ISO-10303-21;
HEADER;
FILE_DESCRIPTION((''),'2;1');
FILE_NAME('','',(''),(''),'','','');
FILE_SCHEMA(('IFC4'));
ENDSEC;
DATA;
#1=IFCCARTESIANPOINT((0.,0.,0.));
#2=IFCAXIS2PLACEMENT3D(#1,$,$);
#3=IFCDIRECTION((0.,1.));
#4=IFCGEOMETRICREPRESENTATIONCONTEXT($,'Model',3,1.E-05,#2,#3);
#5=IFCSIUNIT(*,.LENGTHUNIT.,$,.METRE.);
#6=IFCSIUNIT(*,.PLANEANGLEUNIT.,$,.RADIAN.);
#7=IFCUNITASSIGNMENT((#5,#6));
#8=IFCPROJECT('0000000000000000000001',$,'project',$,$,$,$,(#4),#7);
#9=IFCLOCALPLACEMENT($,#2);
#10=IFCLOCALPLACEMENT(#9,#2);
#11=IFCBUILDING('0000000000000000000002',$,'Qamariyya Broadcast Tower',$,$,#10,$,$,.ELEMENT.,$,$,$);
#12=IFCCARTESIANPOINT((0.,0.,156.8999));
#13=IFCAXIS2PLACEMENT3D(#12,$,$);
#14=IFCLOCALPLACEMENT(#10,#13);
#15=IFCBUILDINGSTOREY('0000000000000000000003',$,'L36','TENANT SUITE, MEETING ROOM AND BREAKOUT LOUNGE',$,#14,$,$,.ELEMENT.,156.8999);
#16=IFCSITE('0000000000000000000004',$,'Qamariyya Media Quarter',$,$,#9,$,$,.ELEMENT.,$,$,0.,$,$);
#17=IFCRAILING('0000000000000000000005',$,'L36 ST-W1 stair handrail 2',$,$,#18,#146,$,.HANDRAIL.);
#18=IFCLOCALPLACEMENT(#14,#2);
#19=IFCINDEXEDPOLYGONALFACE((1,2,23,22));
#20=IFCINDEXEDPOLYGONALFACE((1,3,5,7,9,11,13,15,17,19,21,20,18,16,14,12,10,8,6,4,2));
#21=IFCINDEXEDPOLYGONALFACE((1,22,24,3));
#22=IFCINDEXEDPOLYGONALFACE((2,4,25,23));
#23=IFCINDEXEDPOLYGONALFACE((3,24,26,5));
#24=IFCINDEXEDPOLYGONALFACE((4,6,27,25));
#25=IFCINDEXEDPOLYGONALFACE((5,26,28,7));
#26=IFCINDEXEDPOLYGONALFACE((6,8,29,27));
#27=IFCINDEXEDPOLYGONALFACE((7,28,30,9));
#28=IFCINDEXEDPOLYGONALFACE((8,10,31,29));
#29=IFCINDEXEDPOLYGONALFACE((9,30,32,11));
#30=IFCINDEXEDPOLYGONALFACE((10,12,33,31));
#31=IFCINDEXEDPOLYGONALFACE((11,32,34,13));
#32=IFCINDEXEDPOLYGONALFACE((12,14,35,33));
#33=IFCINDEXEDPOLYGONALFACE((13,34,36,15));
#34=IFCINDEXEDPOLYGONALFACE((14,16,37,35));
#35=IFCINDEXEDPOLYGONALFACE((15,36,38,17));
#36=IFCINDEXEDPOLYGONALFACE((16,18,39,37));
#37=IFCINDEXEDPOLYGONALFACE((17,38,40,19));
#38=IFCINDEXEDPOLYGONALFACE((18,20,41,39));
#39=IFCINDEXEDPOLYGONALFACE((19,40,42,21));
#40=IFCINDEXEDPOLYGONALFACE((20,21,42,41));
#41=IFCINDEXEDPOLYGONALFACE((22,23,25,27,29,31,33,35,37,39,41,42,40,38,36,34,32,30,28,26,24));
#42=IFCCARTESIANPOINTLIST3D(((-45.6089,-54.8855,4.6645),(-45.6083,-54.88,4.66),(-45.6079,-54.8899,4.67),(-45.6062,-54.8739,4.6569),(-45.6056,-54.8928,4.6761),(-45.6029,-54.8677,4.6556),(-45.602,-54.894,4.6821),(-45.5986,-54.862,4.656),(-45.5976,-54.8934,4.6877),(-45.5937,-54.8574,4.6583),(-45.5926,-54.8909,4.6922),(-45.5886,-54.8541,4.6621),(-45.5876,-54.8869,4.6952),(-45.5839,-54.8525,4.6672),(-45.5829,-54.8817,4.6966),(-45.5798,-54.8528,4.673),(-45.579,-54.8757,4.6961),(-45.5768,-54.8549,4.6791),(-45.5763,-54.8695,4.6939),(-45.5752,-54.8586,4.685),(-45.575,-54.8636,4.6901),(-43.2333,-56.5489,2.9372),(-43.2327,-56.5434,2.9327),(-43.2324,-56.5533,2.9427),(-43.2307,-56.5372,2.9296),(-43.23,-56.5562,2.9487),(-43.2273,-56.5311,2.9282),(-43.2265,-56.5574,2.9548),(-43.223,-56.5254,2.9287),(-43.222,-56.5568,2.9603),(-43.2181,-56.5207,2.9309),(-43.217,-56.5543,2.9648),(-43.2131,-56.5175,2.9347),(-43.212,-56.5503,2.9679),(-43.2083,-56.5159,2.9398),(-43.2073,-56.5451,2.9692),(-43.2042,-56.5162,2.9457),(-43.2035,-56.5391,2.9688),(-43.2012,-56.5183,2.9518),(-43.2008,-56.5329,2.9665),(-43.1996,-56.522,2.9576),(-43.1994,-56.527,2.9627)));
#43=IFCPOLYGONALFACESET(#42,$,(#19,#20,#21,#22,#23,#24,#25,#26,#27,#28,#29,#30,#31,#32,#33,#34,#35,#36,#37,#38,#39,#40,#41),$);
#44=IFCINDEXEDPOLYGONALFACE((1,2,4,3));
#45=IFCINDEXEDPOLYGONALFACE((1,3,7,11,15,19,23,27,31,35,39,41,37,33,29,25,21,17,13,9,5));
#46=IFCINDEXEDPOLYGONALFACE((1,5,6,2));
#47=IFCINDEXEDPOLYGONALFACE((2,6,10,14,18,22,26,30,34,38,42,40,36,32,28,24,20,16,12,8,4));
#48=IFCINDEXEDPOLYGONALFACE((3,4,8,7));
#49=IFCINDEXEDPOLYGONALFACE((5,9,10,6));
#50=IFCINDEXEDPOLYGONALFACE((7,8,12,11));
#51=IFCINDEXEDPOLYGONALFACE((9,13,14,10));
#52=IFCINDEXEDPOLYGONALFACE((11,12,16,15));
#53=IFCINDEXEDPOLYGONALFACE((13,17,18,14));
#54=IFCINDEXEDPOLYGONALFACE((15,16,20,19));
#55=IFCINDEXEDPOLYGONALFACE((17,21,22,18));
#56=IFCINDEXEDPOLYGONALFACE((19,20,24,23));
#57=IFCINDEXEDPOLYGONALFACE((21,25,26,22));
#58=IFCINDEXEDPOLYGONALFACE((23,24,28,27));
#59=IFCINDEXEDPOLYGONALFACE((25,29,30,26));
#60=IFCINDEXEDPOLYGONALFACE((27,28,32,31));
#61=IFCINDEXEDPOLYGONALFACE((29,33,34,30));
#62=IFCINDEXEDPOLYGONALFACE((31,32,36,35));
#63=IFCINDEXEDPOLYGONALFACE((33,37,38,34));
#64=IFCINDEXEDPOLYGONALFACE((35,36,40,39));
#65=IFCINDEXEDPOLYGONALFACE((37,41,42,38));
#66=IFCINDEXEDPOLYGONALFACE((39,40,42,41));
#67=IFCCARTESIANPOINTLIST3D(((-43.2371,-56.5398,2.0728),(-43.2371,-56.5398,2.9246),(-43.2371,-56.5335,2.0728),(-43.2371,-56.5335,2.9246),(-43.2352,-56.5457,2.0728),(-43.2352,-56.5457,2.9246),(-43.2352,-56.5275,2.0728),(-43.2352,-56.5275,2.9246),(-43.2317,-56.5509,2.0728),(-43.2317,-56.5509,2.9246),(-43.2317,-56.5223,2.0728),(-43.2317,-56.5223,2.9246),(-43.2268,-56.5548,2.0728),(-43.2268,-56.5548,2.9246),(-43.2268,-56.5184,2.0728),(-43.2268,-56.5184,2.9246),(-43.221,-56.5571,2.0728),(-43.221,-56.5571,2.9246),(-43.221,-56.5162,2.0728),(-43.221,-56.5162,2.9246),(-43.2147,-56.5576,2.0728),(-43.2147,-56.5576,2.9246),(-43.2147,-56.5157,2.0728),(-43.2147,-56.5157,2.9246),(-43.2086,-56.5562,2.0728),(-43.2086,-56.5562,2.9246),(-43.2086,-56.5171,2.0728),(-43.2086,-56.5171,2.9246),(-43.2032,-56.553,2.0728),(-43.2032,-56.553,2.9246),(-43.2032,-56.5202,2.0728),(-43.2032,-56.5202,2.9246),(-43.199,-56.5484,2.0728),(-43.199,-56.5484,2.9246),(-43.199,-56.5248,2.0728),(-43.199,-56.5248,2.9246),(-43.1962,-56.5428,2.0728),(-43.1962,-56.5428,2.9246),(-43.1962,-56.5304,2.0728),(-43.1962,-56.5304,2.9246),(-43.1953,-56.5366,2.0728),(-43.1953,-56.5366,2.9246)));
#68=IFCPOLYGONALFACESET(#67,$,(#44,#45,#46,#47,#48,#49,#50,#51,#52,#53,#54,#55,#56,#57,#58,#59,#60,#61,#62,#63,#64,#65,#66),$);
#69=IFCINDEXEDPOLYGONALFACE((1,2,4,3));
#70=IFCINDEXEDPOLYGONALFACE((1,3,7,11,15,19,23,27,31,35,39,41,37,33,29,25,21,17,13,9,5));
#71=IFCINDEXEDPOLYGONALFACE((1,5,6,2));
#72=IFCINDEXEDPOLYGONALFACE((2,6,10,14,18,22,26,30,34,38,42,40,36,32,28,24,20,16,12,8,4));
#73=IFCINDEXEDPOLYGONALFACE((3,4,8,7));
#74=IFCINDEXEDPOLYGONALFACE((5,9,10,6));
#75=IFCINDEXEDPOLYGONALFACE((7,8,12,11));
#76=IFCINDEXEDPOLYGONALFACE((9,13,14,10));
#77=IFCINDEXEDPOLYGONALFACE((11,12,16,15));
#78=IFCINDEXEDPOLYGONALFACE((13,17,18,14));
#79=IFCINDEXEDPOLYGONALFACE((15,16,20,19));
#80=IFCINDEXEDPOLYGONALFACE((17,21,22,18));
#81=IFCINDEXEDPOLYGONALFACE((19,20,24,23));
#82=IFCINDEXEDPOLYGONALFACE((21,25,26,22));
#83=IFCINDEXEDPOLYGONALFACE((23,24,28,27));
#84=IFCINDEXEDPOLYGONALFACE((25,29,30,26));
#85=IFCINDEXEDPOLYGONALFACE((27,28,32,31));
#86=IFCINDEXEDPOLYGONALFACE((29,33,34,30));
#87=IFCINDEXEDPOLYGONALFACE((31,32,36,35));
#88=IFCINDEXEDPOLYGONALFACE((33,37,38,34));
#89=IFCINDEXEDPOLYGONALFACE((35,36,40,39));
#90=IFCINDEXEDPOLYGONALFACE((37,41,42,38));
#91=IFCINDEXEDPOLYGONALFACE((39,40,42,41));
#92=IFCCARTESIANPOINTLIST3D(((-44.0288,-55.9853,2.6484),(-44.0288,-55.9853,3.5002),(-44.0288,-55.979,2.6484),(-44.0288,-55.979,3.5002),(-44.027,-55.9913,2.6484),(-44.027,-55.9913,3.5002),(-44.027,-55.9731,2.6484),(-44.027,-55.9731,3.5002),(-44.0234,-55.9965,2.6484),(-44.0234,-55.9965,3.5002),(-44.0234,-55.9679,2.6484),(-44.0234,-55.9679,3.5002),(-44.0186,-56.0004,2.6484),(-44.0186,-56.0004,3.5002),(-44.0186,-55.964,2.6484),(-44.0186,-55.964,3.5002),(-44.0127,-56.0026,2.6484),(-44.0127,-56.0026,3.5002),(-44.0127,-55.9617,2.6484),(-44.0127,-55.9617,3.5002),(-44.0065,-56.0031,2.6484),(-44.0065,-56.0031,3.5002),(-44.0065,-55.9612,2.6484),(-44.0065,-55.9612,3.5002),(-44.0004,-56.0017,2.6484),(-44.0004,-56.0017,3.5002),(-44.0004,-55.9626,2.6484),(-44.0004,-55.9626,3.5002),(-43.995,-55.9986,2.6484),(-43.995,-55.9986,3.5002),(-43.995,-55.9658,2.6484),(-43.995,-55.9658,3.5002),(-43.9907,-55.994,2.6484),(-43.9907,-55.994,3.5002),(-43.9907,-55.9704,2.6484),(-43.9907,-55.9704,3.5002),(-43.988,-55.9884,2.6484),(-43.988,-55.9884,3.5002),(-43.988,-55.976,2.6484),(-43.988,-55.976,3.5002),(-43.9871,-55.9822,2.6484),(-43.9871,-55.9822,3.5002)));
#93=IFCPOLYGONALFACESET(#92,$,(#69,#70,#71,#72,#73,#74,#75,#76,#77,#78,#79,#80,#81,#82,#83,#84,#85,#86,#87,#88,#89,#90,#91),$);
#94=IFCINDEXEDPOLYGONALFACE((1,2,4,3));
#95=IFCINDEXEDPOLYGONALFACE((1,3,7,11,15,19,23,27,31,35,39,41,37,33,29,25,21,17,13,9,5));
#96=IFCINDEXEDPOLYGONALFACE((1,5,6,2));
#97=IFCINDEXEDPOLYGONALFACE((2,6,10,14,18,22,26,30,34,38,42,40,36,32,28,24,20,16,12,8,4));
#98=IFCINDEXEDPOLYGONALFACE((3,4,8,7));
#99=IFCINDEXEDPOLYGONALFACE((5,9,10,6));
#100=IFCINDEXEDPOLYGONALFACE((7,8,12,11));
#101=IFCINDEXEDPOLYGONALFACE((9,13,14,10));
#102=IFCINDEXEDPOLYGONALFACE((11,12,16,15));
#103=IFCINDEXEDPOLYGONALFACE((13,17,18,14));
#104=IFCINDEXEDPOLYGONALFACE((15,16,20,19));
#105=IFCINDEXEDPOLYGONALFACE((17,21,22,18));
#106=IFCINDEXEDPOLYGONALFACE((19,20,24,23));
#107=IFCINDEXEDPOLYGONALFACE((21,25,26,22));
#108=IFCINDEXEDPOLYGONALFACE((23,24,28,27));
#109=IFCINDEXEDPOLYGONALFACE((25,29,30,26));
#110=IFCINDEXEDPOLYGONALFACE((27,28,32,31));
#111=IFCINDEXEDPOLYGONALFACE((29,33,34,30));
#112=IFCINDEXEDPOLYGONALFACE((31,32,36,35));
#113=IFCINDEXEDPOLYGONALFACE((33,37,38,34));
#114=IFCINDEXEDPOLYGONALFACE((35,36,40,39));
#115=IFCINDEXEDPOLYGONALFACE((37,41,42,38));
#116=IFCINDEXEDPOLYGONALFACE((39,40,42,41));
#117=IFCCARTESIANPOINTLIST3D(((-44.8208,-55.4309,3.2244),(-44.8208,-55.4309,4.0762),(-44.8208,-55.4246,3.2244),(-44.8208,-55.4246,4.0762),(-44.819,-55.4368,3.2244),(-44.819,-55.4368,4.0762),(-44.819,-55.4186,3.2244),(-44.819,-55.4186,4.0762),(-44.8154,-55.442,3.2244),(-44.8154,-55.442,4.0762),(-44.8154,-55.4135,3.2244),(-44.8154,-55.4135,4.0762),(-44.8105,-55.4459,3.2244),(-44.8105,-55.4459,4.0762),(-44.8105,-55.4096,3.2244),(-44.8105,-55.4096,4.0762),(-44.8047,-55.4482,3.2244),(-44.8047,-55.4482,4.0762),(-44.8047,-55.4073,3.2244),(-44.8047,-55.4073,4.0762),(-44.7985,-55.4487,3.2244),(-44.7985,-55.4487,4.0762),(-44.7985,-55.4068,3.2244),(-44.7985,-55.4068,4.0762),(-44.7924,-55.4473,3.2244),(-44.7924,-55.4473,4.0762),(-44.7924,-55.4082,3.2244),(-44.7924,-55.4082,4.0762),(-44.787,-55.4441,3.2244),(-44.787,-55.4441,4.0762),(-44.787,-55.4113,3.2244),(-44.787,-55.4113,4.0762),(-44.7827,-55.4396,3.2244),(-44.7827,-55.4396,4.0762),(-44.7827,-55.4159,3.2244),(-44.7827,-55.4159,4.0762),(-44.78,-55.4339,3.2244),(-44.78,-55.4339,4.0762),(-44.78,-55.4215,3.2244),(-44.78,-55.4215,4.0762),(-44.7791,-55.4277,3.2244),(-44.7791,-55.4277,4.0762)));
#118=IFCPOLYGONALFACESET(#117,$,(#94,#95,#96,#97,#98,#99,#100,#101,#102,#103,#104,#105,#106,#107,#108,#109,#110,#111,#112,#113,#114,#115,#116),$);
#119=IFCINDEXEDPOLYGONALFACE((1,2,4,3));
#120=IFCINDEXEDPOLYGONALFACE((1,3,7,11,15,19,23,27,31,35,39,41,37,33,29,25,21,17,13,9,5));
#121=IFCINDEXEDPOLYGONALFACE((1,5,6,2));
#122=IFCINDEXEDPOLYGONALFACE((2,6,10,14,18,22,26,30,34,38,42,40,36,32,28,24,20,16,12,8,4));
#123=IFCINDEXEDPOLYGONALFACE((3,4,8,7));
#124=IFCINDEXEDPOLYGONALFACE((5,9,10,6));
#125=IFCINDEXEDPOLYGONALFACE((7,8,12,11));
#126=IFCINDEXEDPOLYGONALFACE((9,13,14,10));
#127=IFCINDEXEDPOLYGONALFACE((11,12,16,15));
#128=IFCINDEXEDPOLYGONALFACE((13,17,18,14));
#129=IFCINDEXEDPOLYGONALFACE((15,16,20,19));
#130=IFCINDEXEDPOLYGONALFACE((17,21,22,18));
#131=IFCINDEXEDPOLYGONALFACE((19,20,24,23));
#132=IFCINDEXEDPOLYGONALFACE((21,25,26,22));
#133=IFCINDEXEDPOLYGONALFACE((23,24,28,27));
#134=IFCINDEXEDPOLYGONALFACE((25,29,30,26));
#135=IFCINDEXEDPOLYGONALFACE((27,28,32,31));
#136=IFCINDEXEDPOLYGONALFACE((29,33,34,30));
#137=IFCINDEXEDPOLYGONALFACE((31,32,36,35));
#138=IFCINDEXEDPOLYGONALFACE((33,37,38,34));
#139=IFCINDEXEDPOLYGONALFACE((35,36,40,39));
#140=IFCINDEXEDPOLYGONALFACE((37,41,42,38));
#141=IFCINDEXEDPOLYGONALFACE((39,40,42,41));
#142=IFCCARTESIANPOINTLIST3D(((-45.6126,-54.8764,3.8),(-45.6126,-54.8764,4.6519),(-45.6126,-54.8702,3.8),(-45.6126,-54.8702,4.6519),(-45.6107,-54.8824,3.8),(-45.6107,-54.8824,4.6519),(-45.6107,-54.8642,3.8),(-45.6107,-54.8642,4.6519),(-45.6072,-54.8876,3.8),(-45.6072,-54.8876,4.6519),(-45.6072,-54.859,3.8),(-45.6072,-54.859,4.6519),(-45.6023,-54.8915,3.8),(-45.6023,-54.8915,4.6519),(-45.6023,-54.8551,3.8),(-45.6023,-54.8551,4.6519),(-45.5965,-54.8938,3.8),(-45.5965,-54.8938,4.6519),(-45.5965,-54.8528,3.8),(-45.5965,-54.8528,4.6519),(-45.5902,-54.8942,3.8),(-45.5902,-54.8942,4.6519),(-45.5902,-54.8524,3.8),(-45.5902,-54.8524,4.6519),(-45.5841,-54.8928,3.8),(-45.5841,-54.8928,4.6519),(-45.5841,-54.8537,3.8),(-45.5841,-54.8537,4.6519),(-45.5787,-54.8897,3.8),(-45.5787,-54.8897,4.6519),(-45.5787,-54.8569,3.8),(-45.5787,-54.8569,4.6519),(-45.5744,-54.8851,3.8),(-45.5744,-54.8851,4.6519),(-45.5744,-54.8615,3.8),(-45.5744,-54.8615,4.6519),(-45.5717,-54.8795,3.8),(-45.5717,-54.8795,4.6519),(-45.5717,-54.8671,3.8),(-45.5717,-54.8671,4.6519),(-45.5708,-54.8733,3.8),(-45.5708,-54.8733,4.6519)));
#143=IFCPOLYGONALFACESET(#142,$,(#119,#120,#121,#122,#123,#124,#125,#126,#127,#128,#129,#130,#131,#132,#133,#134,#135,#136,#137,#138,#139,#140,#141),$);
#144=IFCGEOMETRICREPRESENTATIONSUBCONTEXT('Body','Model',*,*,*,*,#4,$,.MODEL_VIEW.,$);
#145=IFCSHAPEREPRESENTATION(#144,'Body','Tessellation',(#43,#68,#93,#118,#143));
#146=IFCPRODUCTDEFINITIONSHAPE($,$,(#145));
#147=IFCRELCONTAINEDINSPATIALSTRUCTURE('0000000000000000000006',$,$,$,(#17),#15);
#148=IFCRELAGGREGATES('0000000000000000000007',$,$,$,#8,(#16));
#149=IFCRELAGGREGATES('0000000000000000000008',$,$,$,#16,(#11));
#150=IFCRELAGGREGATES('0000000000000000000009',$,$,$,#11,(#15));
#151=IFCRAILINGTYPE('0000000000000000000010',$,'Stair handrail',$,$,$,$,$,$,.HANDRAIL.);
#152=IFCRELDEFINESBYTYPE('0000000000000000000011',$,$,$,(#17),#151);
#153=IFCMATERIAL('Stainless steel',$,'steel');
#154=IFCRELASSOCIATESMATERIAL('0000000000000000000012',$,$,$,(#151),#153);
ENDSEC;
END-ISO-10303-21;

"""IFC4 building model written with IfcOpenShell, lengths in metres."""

from ifc_helpers import new_model, si_unit, direction, frame, origin, origin_2d, place, context, subcontext, project, spatial, circle, extrude, material, type_object, element, save


model = new_model("IFC4")

# Units and contexts
model_context = context("Model", 3, precision=1e-05, world=origin(), true_north=direction((0.0, 1.0)))
body_context = subcontext(model_context, "Body", "Model", "MODEL_VIEW")
ifc_project = project(units=[si_unit("LENGTHUNIT", "METRE"), si_unit("PLANEANGLEUNIT", "RADIAN")], contexts=[model_context])

# Site, building, storey
site_placement = place(None, origin())
site = spatial("IfcSite", under=ifc_project, at=site_placement, Name="Qamariyya Media Quarter", CompositionType="ELEMENT", RefElevation=0.0)
building_placement = place(site_placement, origin())
building = spatial("IfcBuilding", under=site, at=building_placement, Name="Qamariyya Broadcast Tower", CompositionType="ELEMENT")
storey_placement = place(building_placement, frame((0.0, 0.0, 156.8999)))
storey = spatial("IfcBuildingStorey", under=building, at=storey_placement, Name="L36", Description="TENANT SUITE, MEETING ROOM AND BREAKOUT LOUNGE", CompositionType="ELEMENT", Elevation=156.8999)

# Railing
ifc_material_1 = material(Name="Stainless steel", Category="steel")
railing_type_1 = type_object("IfcRailingType", Name="Stair handrail", PredefinedType="HANDRAIL", material=ifc_material_1)
railing_1_placement = place(storey_placement, frame((-43.2163, -56.5366, 2.0728)))
element("IfcRailing", 1, at=railing_1_placement, inside=storey, type_object=railing_type_1, Name="L36 ST-W1 stair handrail 2", PredefinedType="HANDRAIL", context=body_context, shape_type="SweptSolid", body=[
    extrude(circle(Radius=0.0239, at=origin_2d()), frame((0.0, 0.0, 0.876), z_axis=(-0.70377, 0.492784, 0.511734), x_axis=(-0.573575, -0.819153, 0.0)), (0.0, 0.0, 1.0), 3.3755),
    extrude(circle(Radius=0.021, at=origin_2d()), origin(), (0.0, 0.0, 1.0), 0.8518),
    extrude(circle(Radius=0.021, at=origin_2d()), frame((-0.7917, 0.5544, 0.5757)), (0.0, 0.0, 1.0), 0.8518),
    extrude(circle(Radius=0.021, at=origin_2d()), frame((-1.5837, 1.1089, 1.1516)), (0.0, 0.0, 1.0), 0.8518),
    extrude(circle(Radius=0.021, at=origin_2d()), frame((-2.3755, 1.6633, 1.7273)), (0.0, 0.0, 1.0), 0.8518),
])

save(model, "model.ifc")
